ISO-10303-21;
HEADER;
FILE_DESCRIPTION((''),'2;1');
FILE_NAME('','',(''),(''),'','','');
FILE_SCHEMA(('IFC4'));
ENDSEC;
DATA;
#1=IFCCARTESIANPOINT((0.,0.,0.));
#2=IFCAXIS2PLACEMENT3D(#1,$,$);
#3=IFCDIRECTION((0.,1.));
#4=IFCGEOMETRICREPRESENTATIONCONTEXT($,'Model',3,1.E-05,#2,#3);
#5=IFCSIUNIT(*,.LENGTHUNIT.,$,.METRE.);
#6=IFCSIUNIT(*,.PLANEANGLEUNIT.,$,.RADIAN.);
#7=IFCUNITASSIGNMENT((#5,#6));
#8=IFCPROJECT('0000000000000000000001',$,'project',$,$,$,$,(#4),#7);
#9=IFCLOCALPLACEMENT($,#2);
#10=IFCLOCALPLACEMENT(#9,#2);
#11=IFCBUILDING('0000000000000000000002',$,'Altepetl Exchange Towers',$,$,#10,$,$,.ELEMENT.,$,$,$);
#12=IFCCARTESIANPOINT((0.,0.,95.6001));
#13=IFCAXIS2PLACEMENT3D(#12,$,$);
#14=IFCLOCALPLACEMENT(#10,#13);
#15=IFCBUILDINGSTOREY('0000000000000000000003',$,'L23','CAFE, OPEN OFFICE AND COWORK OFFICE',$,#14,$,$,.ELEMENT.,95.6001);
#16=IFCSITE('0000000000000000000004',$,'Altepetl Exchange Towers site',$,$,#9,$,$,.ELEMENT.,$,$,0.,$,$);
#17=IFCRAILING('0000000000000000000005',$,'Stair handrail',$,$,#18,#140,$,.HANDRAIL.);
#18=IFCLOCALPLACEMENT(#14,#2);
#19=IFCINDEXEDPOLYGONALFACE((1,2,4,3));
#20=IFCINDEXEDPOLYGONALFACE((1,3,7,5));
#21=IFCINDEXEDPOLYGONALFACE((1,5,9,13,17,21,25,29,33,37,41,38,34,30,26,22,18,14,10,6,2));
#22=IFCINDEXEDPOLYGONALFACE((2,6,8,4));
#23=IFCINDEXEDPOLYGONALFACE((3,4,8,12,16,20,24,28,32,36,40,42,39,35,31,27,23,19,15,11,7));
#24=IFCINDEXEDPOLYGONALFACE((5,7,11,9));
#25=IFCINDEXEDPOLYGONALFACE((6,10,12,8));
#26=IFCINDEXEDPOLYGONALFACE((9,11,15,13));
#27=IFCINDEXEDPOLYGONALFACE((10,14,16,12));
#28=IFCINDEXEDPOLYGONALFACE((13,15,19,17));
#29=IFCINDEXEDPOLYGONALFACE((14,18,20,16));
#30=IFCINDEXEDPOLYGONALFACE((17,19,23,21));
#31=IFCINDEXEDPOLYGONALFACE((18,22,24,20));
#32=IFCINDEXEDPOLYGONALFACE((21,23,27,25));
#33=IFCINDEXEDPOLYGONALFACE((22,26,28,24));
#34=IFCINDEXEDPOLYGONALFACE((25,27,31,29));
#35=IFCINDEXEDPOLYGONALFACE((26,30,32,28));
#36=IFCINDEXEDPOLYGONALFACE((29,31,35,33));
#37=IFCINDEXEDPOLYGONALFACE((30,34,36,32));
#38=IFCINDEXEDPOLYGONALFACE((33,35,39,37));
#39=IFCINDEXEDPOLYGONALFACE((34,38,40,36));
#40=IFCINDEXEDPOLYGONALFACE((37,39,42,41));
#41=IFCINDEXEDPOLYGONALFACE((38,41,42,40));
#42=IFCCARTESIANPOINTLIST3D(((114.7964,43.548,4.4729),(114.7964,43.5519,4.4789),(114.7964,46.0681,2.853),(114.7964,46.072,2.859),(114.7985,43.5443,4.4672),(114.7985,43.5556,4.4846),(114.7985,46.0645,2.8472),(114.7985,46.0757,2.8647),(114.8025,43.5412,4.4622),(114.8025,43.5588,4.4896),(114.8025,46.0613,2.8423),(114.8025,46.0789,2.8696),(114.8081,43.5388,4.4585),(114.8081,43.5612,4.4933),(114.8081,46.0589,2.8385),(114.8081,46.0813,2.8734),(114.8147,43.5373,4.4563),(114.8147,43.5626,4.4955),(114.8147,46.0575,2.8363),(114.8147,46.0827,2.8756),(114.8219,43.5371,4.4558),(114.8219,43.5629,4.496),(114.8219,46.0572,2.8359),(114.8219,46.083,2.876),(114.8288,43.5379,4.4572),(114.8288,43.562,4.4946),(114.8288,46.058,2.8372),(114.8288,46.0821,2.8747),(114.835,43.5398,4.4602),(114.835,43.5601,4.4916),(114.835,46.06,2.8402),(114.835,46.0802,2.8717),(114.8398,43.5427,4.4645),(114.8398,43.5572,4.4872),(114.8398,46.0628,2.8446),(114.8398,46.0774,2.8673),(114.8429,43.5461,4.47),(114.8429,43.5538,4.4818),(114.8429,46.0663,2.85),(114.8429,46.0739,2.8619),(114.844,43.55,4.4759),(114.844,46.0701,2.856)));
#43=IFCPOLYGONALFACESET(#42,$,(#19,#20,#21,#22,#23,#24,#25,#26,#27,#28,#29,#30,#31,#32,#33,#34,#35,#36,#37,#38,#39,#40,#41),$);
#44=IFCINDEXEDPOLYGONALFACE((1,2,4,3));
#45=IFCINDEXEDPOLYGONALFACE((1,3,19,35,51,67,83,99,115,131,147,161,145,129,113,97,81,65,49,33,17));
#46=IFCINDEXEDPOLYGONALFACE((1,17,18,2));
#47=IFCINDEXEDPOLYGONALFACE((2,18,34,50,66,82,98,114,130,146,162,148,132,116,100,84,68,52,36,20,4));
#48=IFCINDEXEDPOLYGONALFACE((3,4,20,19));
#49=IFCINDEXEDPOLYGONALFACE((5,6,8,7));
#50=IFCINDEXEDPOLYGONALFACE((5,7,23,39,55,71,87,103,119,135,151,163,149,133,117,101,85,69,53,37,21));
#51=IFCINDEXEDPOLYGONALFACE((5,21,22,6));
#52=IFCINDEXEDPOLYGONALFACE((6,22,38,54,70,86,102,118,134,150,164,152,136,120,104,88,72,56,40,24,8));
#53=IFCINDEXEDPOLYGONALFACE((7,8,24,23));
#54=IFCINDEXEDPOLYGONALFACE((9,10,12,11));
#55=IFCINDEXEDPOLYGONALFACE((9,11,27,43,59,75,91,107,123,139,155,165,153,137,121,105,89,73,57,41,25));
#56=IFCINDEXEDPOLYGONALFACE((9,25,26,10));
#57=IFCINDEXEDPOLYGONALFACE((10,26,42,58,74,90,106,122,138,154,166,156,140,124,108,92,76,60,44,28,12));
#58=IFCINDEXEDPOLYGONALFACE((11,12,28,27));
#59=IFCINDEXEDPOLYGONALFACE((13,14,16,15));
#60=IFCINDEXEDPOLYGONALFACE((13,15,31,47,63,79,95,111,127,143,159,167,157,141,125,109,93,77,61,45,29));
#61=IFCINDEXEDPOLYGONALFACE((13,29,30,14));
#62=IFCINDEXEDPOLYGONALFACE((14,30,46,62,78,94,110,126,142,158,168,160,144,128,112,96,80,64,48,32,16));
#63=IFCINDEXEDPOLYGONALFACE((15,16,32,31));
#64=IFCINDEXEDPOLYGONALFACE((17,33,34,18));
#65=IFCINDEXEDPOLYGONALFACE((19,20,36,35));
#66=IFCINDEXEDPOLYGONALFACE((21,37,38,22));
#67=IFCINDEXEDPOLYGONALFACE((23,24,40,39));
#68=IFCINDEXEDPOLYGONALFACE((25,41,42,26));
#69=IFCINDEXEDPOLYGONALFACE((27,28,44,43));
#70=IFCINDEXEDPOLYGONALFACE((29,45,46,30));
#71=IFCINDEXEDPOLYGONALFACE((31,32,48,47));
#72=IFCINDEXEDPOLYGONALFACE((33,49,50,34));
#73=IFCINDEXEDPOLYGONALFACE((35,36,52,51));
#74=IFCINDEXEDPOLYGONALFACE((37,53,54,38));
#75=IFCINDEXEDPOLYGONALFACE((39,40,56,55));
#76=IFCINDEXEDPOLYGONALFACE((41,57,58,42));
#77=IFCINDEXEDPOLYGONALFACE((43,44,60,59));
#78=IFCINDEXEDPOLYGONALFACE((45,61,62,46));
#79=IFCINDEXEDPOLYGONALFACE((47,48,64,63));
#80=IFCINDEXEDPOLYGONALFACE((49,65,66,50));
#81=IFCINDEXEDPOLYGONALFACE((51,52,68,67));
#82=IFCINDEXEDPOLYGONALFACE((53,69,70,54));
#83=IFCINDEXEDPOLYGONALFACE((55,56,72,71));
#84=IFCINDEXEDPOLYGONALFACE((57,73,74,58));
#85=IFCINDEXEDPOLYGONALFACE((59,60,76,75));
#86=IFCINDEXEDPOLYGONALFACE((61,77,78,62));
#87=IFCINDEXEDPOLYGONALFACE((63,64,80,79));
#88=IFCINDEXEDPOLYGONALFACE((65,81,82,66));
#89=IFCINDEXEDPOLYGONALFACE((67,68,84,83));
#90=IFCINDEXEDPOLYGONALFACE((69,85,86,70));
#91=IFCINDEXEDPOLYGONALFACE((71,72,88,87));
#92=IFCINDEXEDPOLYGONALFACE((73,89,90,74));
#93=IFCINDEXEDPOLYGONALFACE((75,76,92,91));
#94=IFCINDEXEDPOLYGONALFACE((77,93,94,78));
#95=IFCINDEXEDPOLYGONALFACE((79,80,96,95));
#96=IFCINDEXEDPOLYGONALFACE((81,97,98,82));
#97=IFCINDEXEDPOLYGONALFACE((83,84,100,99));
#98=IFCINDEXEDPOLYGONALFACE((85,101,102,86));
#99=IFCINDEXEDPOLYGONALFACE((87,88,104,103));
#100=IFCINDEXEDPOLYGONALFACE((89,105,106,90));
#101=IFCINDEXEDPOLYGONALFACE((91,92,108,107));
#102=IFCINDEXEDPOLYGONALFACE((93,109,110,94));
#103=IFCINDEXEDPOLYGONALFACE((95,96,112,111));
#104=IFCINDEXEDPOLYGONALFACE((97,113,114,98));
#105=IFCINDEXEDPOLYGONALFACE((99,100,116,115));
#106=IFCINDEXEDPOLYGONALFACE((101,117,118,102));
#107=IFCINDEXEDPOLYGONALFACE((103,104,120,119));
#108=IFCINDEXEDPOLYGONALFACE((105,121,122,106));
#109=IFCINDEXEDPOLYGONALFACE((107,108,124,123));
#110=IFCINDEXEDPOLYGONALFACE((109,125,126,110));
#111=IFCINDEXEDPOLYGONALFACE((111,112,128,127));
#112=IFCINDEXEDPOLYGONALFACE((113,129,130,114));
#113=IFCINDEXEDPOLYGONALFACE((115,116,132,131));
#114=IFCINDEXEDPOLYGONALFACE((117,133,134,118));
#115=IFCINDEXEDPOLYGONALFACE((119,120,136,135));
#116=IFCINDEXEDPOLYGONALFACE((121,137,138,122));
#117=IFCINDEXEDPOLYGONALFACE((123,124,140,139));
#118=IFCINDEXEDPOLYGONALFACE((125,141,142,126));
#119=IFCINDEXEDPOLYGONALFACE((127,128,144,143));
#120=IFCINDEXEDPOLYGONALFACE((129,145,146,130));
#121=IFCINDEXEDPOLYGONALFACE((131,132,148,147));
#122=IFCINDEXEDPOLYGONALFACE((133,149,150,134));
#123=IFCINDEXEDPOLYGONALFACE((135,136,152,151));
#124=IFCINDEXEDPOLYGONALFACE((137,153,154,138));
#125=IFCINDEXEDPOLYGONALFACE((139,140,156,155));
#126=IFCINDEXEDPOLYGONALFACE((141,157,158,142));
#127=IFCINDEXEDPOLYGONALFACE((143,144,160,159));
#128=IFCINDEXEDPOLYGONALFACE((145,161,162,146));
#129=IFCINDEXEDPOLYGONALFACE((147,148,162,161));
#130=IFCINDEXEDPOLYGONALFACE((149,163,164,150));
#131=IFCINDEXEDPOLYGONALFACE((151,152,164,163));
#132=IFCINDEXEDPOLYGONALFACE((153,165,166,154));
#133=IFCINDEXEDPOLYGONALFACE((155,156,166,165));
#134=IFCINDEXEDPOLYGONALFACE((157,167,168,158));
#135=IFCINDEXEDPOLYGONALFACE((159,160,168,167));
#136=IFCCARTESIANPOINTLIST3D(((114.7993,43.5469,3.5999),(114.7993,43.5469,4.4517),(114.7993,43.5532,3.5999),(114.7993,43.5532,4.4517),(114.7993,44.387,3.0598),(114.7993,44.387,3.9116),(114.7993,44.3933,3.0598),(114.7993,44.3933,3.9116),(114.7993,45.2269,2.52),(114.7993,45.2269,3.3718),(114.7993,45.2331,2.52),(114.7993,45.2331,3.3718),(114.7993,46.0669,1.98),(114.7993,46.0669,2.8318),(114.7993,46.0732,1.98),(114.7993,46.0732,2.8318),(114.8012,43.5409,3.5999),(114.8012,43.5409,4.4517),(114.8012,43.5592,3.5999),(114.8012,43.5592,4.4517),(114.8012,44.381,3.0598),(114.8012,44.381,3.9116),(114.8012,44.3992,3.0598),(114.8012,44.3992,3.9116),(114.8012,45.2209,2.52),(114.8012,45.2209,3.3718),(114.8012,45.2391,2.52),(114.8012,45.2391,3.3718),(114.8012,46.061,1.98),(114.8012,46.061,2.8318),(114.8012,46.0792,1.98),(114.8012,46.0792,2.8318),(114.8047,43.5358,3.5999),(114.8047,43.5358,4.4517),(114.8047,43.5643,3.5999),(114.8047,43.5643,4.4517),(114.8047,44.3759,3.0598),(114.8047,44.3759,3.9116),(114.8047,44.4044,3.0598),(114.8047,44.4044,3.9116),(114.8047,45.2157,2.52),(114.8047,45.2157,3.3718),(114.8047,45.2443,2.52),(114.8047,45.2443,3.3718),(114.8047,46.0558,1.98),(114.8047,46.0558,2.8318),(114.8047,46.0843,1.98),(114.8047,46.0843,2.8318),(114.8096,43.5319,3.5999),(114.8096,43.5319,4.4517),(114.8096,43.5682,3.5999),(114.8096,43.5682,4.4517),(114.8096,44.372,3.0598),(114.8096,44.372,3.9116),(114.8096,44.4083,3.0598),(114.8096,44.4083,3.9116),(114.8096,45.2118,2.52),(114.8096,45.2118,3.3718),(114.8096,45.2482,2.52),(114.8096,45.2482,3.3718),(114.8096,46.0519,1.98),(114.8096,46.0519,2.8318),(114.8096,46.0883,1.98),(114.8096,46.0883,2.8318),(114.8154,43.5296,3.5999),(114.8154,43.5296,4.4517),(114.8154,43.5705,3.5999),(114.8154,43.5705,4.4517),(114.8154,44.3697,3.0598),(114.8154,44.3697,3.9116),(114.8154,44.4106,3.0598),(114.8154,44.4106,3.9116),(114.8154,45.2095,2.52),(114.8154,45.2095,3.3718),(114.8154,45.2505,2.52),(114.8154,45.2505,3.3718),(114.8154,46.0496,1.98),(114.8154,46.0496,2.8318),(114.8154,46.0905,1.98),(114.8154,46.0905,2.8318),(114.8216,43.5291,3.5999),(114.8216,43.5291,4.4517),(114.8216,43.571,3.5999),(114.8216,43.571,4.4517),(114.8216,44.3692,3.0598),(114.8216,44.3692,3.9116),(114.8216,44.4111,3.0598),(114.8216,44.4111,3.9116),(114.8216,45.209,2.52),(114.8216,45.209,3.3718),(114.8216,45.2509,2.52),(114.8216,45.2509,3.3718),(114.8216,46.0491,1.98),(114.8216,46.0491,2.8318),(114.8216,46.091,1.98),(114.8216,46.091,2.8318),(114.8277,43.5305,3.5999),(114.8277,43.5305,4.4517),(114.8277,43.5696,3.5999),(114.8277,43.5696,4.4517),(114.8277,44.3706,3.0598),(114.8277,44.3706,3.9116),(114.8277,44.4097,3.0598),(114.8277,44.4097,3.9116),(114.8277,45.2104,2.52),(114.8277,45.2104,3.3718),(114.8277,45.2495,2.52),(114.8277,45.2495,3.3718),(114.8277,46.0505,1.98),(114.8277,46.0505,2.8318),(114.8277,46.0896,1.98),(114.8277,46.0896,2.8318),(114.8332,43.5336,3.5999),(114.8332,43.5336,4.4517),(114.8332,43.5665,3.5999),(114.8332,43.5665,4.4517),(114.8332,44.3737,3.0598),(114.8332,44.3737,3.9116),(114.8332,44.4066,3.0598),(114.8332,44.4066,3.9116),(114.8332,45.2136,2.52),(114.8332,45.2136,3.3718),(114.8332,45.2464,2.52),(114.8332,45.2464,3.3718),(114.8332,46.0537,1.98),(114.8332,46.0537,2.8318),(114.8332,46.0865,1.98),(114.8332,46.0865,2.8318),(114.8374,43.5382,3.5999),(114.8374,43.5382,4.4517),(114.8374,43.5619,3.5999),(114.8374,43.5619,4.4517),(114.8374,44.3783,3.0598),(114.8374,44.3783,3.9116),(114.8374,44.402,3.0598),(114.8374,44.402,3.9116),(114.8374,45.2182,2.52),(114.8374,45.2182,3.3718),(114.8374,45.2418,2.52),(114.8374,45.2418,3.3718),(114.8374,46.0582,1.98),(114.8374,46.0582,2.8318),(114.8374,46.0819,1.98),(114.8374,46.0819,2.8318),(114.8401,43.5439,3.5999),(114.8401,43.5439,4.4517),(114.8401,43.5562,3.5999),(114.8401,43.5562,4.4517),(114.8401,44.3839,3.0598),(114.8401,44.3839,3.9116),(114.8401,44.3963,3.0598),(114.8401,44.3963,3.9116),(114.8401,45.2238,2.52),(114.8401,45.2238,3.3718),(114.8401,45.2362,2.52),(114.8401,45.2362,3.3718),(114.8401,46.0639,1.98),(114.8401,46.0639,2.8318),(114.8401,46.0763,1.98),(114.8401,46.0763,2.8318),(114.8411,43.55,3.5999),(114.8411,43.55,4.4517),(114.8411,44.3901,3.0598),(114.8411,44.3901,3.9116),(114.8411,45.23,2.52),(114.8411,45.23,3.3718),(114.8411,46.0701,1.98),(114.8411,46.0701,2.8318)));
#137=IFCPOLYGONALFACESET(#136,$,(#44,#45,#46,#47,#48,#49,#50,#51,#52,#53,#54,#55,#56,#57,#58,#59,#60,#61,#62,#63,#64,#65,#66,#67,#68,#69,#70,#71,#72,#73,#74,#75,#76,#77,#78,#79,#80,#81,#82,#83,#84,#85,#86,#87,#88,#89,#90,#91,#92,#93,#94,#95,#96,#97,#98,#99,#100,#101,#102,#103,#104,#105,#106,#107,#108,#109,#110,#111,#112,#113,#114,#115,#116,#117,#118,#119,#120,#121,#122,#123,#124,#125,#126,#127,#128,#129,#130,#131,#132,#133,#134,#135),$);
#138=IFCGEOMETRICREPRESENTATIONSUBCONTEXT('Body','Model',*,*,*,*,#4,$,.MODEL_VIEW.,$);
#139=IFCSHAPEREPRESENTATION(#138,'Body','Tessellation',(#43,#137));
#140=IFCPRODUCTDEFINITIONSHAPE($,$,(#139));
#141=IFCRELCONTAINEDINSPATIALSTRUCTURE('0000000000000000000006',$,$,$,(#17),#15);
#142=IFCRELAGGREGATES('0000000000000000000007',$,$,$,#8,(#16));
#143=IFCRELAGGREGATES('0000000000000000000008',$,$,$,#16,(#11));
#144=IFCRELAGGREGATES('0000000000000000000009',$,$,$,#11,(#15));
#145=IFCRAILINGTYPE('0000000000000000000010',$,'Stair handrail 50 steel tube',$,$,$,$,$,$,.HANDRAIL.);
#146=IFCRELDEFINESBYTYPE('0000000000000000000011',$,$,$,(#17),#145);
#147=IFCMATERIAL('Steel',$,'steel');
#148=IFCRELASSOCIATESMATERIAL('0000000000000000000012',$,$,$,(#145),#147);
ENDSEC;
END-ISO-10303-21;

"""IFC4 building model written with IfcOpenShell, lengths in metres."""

from ifc_helpers import new_model, si_unit, direction, frame, origin, origin_2d, place, context, subcontext, project, spatial, circle, extrude, source, transform, mapped, material, type_object, element, save


model = new_model("IFC4")

# Units and contexts
model_context = context("Model", 3, precision=1e-05, world=origin(), true_north=direction((0.0, 1.0)))
body_context = subcontext(model_context, "Body", "Model", "MODEL_VIEW")
ifc_project = project(units=[si_unit("LENGTHUNIT", "METRE"), si_unit("PLANEANGLEUNIT", "RADIAN")], contexts=[model_context])

# Site, building, storey
site_placement = place(None, origin())
site = spatial("IfcSite", under=ifc_project, at=site_placement, Name="Altepetl Exchange Towers site", CompositionType="ELEMENT", RefElevation=0.0)
building_placement = place(site_placement, origin())
building = spatial("IfcBuilding", under=site, at=building_placement, Name="Altepetl Exchange Towers", CompositionType="ELEMENT")
storey_placement = place(building_placement, frame((0.0, 0.0, 95.6001)))
storey = spatial("IfcBuildingStorey", under=building, at=storey_placement, Name="L23", Description="CAFE, OPEN OFFICE AND COWORK OFFICE", CompositionType="ELEMENT", Elevation=95.6001)

# Railing
ifc_material_1 = material(Name="Steel", Category="steel")
railing_type = type_object("IfcRailingType", Name="Stair handrail 50 steel tube", PredefinedType="HANDRAIL", material=ifc_material_1)
shared_shape = source(origin(), body_context, "Body", "SweptSolid", [
    extrude(circle(Radius=0.021, at=origin_2d()), origin(), (0.0, 0.0, 1.0), 0.8518),
])
railing_1_placement = place(storey_placement, frame((114.8201, 46.0701, 1.98)))
element("IfcRailing", 1, at=railing_1_placement, inside=storey, type_object=railing_type, Name="Stair handrail", PredefinedType="HANDRAIL", context=body_context, shape_type="SweptSolid", body=[
    extrude(circle(Radius=0.0239, at=origin_2d()), frame((0.0, 0.0, 0.876), z_axis=(0.0, -0.8412, 0.540725), x_axis=(1.0, 0.0, 0.0)), (0.0, 0.0, 1.0), 2.9958),
    mapped(shared_shape, transform((0.0, 0.0, 0.0))),
    mapped(shared_shape, transform((0.0, -0.8401, 0.54))),
    mapped(shared_shape, transform((0.0, -1.6799, 1.0798))),
    mapped(shared_shape, transform((0.0, -2.52, 1.6199))),
])

save(model, "model.ifc")
